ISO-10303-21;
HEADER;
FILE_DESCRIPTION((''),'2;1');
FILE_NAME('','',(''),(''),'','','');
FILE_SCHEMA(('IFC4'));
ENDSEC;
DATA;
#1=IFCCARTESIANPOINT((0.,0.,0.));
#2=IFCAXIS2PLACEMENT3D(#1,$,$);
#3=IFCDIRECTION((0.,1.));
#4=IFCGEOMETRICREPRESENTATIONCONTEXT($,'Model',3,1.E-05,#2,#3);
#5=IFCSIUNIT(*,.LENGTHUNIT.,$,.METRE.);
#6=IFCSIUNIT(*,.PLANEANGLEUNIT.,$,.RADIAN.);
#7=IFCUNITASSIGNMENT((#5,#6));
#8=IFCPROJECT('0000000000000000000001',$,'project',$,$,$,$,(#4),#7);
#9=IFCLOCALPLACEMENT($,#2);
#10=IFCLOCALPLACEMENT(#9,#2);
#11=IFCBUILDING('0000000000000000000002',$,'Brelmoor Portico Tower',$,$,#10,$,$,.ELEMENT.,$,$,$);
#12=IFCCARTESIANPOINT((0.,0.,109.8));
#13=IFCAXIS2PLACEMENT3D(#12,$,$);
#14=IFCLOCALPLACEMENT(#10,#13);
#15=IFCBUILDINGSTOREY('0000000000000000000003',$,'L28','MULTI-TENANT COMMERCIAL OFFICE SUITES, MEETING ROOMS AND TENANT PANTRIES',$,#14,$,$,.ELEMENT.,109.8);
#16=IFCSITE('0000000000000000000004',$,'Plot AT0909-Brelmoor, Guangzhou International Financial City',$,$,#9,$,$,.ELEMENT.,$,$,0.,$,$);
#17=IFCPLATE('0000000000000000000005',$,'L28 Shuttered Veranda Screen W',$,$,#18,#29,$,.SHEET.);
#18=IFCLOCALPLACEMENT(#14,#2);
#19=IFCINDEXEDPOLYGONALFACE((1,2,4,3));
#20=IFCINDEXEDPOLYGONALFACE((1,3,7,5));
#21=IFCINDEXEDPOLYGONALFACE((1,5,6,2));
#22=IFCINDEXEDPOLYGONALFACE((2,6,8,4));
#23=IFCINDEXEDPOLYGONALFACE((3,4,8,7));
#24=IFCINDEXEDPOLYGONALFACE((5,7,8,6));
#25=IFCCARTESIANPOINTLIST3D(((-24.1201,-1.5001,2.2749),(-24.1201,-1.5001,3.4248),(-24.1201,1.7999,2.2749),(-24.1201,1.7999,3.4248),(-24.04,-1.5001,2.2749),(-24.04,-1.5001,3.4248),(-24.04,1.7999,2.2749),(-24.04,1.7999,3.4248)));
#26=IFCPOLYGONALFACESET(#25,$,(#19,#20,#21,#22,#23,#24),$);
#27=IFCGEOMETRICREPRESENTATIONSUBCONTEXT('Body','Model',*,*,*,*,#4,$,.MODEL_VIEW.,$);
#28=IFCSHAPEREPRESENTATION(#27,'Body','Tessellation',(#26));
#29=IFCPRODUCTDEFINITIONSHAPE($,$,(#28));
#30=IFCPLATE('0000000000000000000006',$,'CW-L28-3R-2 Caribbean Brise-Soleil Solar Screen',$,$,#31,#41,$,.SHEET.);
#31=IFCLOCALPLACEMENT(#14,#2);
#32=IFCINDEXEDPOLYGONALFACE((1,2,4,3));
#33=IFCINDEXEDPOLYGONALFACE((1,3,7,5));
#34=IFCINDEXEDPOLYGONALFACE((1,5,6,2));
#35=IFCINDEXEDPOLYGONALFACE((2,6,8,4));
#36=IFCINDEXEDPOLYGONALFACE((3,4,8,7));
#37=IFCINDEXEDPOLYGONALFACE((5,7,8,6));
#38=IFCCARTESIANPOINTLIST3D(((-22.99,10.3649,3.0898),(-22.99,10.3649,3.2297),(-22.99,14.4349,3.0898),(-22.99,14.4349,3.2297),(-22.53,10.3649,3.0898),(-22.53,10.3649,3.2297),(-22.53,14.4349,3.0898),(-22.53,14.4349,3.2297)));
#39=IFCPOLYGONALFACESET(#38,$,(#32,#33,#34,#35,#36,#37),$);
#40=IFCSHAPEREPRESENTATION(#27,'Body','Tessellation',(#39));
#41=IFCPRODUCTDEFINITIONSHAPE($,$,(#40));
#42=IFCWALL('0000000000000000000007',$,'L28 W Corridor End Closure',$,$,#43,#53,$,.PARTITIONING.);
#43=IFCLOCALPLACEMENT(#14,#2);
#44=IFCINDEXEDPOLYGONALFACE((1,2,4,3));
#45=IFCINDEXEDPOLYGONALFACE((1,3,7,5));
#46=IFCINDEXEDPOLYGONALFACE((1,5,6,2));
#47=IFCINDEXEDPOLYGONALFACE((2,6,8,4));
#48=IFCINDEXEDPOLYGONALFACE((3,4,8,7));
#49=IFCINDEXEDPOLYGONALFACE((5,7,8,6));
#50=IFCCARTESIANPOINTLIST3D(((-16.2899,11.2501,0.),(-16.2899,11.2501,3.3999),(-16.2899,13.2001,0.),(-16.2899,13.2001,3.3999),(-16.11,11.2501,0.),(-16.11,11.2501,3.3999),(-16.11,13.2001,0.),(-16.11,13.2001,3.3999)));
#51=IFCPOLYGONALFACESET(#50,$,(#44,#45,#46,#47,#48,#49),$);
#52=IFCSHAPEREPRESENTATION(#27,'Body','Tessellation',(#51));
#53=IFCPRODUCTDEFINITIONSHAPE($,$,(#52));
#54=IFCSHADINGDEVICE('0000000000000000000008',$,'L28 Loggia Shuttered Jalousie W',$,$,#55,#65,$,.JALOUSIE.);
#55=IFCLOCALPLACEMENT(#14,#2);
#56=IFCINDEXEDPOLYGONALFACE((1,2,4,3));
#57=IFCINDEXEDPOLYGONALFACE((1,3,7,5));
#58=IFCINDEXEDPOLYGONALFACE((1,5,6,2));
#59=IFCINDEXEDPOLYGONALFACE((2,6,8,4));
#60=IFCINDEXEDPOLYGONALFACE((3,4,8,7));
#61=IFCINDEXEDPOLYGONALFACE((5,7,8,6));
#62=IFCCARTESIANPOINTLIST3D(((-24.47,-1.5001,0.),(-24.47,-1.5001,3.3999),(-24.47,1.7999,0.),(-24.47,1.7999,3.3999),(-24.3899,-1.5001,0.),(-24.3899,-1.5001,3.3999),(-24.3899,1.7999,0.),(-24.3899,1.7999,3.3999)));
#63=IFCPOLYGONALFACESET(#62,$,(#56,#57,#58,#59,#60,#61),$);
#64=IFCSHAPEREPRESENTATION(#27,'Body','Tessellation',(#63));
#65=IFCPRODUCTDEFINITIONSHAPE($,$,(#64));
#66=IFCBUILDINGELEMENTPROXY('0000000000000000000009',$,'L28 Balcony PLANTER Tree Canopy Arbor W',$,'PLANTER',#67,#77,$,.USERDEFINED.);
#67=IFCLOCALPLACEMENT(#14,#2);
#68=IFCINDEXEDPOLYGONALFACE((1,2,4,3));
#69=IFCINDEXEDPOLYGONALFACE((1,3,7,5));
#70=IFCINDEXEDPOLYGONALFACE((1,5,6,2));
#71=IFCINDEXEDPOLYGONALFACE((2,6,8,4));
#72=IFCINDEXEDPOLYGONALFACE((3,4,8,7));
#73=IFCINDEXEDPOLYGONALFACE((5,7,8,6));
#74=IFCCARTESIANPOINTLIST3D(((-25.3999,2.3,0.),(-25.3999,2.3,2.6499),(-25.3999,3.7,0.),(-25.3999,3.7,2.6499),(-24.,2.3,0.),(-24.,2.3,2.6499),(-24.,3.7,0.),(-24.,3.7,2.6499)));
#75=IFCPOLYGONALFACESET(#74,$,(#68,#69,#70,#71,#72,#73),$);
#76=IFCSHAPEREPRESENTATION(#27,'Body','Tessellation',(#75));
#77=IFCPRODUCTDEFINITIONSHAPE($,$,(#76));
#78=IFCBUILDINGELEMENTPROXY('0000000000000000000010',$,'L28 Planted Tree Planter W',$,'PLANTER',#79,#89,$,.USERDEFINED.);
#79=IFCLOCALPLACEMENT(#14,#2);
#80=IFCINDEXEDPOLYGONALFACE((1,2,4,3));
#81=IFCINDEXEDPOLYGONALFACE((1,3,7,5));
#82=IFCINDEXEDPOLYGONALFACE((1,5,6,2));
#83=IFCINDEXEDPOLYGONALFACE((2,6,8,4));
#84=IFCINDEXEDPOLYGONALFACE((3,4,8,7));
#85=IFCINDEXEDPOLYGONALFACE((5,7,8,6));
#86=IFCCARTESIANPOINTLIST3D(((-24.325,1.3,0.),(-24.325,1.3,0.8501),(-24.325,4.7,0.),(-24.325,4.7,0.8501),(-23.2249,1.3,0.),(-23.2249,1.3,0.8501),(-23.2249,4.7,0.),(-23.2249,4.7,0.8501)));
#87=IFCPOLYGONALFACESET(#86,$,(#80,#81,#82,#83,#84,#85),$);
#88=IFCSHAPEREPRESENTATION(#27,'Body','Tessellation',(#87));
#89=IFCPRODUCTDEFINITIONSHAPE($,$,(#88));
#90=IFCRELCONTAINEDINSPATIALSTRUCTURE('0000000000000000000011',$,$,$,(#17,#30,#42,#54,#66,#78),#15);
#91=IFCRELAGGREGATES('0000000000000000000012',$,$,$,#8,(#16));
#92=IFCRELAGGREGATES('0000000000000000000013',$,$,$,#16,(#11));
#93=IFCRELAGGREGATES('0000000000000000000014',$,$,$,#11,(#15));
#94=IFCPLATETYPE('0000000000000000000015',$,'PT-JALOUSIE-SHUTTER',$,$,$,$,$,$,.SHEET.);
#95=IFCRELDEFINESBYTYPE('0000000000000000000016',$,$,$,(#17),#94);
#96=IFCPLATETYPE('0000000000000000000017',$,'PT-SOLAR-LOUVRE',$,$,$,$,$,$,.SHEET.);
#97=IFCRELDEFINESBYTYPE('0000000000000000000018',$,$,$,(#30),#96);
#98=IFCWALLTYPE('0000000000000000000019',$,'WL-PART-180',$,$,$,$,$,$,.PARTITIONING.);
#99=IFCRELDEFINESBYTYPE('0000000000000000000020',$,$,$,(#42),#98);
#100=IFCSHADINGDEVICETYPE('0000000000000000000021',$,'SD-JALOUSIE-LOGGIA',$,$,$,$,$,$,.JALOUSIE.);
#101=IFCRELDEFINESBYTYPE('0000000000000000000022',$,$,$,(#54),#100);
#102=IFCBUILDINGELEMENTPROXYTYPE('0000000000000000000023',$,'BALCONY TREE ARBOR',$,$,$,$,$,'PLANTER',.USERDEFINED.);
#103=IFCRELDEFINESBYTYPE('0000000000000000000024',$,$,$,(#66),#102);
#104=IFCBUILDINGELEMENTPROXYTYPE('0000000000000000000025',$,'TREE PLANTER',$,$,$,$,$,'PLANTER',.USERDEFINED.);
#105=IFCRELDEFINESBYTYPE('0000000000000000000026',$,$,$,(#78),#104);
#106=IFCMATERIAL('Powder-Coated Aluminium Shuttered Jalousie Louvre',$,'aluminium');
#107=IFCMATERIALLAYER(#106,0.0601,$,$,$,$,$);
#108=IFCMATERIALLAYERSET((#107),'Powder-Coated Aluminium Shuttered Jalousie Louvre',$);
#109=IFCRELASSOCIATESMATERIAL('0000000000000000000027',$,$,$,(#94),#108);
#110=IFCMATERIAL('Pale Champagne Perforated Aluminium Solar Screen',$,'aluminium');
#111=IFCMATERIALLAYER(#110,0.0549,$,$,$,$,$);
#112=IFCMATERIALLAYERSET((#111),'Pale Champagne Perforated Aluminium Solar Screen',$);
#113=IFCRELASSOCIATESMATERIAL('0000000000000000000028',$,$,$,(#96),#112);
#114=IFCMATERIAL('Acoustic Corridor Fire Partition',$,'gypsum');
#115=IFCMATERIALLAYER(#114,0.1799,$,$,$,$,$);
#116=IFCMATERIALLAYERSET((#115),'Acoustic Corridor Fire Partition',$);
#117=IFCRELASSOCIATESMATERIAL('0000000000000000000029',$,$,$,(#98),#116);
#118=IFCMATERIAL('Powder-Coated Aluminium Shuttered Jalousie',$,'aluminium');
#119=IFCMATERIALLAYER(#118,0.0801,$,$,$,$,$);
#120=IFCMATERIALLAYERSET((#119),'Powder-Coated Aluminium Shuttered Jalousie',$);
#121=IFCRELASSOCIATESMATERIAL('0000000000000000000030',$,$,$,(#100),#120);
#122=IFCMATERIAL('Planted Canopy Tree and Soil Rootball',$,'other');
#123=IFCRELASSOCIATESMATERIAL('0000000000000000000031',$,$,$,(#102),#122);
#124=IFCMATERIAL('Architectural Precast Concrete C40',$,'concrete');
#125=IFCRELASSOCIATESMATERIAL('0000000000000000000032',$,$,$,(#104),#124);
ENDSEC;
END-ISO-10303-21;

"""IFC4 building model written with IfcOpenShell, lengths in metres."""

from ifc_helpers import new_model, si_unit, direction, frame, frame_2d, origin, origin_2d, place, context, subcontext, project, spatial, rectangle, extrude, material, layer, layer_set, type_object, element, save


model = new_model("IFC4")

# Units and contexts
model_context = context("Model", 3, precision=1e-05, world=origin(), true_north=direction((0.0, 1.0)))
body_context = subcontext(model_context, "Body", "Model", "MODEL_VIEW")
ifc_project = project(units=[si_unit("LENGTHUNIT", "METRE"), si_unit("PLANEANGLEUNIT", "RADIAN")], contexts=[model_context])

# Site, building, storey
site_placement = place(None, origin())
site = spatial("IfcSite", under=ifc_project, at=site_placement, Name="Plot AT0909-Brelmoor, Guangzhou International Financial City", CompositionType="ELEMENT", RefElevation=0.0)
building_placement = place(site_placement, origin())
building = spatial("IfcBuilding", under=site, at=building_placement, Name="Brelmoor Portico Tower", CompositionType="ELEMENT")
storey_placement = place(building_placement, frame((0.0, 0.0, 109.8)))
storey = spatial("IfcBuildingStorey", under=building, at=storey_placement, Name="L28", Description="MULTI-TENANT COMMERCIAL OFFICE SUITES, MEETING ROOMS AND TENANT PANTRIES", CompositionType="ELEMENT", Elevation=109.8)

# Plates
ifc_material_1 = material(Name="Powder-Coated Aluminium Shuttered Jalousie Louvre", Category="aluminium")
ifc_layer_1 = layer(ifc_material_1, 0.0601)
ifc_layer_set_1 = layer_set([ifc_layer_1], Name="Powder-Coated Aluminium Shuttered Jalousie Louvre")
plate_type_1 = type_object("IfcPlateType", Name="PT-JALOUSIE-SHUTTER", PredefinedType="SHEET", material=ifc_layer_set_1)
plate_1_placement = place(storey_placement, frame((-24.0801, 0.1499, 2.2749), z_axis=(0.0, 0.0, 1.0), x_axis=(0.0, 1.0, 0.0)))
element("IfcPlate", 1, at=plate_1_placement, inside=storey, type_object=plate_type_1, Name="L28 Shuttered Veranda Screen W", PredefinedType="SHEET", context=body_context, shape_type="SweptSolid", body=[
    extrude(rectangle(XDim=3.3, YDim=0.0801, at=origin_2d()), origin(), (0.0, 0.0, 1.0), 1.1499),
])
ifc_material_2 = material(Name="Pale Champagne Perforated Aluminium Solar Screen", Category="aluminium")
ifc_layer_2 = layer(ifc_material_2, 0.0549)
ifc_layer_set_2 = layer_set([ifc_layer_2], Name="Pale Champagne Perforated Aluminium Solar Screen")
plate_type_2 = type_object("IfcPlateType", Name="PT-SOLAR-LOUVRE", PredefinedType="SHEET", material=ifc_layer_set_2)
plate_2_placement = place(storey_placement, frame((-22.76, 12.3999, 3.0898), z_axis=(0.0, 0.0, 1.0), x_axis=(0.0, 1.0, 0.0)))
element("IfcPlate", 2, at=plate_2_placement, inside=storey, type_object=plate_type_2, Name="CW-L28-3R-2 Caribbean Brise-Soleil Solar Screen", PredefinedType="SHEET", context=body_context, shape_type="SweptSolid", body=[
    extrude(rectangle(XDim=4.0701, YDim=0.46, at=origin_2d()), origin(), (0.0, 0.0, 1.0), 0.1399),
])

# Shared definitions
ifc_material_3 = material(Name="Acoustic Corridor Fire Partition", Category="gypsum")
ifc_layer_3 = layer(ifc_material_3, 0.1799)
ifc_layer_set_3 = layer_set([ifc_layer_3], Name="Acoustic Corridor Fire Partition")
wall_type = type_object("IfcWallType", Name="WL-PART-180", PredefinedType="PARTITIONING", material=ifc_layer_set_3)

# Wall
wall_1_placement = place(storey_placement, frame((-16.2, 11.25, 0.0), z_axis=(0.0, 0.0, 1.0), x_axis=(0.0, 1.0, 0.0)))
element("IfcWall", 3, at=wall_1_placement, inside=storey, type_object=wall_type, Name="L28 W Corridor End Closure", PredefinedType="PARTITIONING", context=body_context, shape_type="SweptSolid", body=[
    extrude(rectangle(XDim=1.95, YDim=0.1799, at=frame_2d((0.9751, 0.0))), origin(), (0.0, 0.0, 1.0), 3.3999),
])

# Shading device
ifc_material_4 = material(Name="Powder-Coated Aluminium Shuttered Jalousie", Category="aluminium")
ifc_layer_4 = layer(ifc_material_4, 0.0801)
ifc_layer_set_4 = layer_set([ifc_layer_4], Name="Powder-Coated Aluminium Shuttered Jalousie")
shading_device_type = type_object("IfcShadingDeviceType", Name="SD-JALOUSIE-LOGGIA", PredefinedType="JALOUSIE", material=ifc_layer_set_4)
shading_device_placement = place(storey_placement, frame((-24.4299, 0.1499, 0.0), z_axis=(0.0, 0.0, 1.0), x_axis=(0.0, 1.0, 0.0)))
element("IfcShadingDevice", 4, at=shading_device_placement, inside=storey, type_object=shading_device_type, Name="L28 Loggia Shuttered Jalousie W", PredefinedType="JALOUSIE", context=body_context, shape_type="SweptSolid", body=[
    extrude(rectangle(XDim=3.3, YDim=0.0801, at=origin_2d()), origin(), (0.0, 0.0, 1.0), 3.3999),
])

# Building element proxies
ifc_material_5 = material(Name="Planted Canopy Tree and Soil Rootball", Category="other")
building_element_proxy_type_1 = type_object("IfcBuildingElementProxyType", Name="BALCONY TREE ARBOR", ElementType="PLANTER", PredefinedType="USERDEFINED", material=ifc_material_5)
proxy_1_placement = place(storey_placement, frame((-24.7, 3.0, 0.0), z_axis=(0.0, 0.0, 1.0), x_axis=(1.0, 0.0, 0.0)))
element("IfcBuildingElementProxy", 5, at=proxy_1_placement, inside=storey, type_object=building_element_proxy_type_1, Name="L28 Balcony PLANTER Tree Canopy Arbor W", ObjectType="PLANTER", PredefinedType="USERDEFINED", context=body_context, shape_type="SweptSolid", body=[
    extrude(rectangle(XDim=1.3999, YDim=1.3999, at=origin_2d()), origin(), (0.0, 0.0, 1.0), 2.6499),
])
ifc_material_6 = material(Name="Architectural Precast Concrete C40", Category="concrete")
building_element_proxy_type_2 = type_object("IfcBuildingElementProxyType", Name="TREE PLANTER", ElementType="PLANTER", PredefinedType="USERDEFINED", material=ifc_material_6)
proxy_2_placement = place(storey_placement, frame((-23.7749, 3.0, 0.0), z_axis=(0.0, 0.0, 1.0), x_axis=(0.0, 1.0, 0.0)))
element("IfcBuildingElementProxy", 6, at=proxy_2_placement, inside=storey, type_object=building_element_proxy_type_2, Name="L28 Planted Tree Planter W", ObjectType="PLANTER", PredefinedType="USERDEFINED", context=body_context, shape_type="SweptSolid", body=[
    extrude(rectangle(XDim=3.3999, YDim=1.1001, at=origin_2d()), origin(), (0.0, 0.0, 1.0), 0.8501),
])

save(model, "model.ifc")
